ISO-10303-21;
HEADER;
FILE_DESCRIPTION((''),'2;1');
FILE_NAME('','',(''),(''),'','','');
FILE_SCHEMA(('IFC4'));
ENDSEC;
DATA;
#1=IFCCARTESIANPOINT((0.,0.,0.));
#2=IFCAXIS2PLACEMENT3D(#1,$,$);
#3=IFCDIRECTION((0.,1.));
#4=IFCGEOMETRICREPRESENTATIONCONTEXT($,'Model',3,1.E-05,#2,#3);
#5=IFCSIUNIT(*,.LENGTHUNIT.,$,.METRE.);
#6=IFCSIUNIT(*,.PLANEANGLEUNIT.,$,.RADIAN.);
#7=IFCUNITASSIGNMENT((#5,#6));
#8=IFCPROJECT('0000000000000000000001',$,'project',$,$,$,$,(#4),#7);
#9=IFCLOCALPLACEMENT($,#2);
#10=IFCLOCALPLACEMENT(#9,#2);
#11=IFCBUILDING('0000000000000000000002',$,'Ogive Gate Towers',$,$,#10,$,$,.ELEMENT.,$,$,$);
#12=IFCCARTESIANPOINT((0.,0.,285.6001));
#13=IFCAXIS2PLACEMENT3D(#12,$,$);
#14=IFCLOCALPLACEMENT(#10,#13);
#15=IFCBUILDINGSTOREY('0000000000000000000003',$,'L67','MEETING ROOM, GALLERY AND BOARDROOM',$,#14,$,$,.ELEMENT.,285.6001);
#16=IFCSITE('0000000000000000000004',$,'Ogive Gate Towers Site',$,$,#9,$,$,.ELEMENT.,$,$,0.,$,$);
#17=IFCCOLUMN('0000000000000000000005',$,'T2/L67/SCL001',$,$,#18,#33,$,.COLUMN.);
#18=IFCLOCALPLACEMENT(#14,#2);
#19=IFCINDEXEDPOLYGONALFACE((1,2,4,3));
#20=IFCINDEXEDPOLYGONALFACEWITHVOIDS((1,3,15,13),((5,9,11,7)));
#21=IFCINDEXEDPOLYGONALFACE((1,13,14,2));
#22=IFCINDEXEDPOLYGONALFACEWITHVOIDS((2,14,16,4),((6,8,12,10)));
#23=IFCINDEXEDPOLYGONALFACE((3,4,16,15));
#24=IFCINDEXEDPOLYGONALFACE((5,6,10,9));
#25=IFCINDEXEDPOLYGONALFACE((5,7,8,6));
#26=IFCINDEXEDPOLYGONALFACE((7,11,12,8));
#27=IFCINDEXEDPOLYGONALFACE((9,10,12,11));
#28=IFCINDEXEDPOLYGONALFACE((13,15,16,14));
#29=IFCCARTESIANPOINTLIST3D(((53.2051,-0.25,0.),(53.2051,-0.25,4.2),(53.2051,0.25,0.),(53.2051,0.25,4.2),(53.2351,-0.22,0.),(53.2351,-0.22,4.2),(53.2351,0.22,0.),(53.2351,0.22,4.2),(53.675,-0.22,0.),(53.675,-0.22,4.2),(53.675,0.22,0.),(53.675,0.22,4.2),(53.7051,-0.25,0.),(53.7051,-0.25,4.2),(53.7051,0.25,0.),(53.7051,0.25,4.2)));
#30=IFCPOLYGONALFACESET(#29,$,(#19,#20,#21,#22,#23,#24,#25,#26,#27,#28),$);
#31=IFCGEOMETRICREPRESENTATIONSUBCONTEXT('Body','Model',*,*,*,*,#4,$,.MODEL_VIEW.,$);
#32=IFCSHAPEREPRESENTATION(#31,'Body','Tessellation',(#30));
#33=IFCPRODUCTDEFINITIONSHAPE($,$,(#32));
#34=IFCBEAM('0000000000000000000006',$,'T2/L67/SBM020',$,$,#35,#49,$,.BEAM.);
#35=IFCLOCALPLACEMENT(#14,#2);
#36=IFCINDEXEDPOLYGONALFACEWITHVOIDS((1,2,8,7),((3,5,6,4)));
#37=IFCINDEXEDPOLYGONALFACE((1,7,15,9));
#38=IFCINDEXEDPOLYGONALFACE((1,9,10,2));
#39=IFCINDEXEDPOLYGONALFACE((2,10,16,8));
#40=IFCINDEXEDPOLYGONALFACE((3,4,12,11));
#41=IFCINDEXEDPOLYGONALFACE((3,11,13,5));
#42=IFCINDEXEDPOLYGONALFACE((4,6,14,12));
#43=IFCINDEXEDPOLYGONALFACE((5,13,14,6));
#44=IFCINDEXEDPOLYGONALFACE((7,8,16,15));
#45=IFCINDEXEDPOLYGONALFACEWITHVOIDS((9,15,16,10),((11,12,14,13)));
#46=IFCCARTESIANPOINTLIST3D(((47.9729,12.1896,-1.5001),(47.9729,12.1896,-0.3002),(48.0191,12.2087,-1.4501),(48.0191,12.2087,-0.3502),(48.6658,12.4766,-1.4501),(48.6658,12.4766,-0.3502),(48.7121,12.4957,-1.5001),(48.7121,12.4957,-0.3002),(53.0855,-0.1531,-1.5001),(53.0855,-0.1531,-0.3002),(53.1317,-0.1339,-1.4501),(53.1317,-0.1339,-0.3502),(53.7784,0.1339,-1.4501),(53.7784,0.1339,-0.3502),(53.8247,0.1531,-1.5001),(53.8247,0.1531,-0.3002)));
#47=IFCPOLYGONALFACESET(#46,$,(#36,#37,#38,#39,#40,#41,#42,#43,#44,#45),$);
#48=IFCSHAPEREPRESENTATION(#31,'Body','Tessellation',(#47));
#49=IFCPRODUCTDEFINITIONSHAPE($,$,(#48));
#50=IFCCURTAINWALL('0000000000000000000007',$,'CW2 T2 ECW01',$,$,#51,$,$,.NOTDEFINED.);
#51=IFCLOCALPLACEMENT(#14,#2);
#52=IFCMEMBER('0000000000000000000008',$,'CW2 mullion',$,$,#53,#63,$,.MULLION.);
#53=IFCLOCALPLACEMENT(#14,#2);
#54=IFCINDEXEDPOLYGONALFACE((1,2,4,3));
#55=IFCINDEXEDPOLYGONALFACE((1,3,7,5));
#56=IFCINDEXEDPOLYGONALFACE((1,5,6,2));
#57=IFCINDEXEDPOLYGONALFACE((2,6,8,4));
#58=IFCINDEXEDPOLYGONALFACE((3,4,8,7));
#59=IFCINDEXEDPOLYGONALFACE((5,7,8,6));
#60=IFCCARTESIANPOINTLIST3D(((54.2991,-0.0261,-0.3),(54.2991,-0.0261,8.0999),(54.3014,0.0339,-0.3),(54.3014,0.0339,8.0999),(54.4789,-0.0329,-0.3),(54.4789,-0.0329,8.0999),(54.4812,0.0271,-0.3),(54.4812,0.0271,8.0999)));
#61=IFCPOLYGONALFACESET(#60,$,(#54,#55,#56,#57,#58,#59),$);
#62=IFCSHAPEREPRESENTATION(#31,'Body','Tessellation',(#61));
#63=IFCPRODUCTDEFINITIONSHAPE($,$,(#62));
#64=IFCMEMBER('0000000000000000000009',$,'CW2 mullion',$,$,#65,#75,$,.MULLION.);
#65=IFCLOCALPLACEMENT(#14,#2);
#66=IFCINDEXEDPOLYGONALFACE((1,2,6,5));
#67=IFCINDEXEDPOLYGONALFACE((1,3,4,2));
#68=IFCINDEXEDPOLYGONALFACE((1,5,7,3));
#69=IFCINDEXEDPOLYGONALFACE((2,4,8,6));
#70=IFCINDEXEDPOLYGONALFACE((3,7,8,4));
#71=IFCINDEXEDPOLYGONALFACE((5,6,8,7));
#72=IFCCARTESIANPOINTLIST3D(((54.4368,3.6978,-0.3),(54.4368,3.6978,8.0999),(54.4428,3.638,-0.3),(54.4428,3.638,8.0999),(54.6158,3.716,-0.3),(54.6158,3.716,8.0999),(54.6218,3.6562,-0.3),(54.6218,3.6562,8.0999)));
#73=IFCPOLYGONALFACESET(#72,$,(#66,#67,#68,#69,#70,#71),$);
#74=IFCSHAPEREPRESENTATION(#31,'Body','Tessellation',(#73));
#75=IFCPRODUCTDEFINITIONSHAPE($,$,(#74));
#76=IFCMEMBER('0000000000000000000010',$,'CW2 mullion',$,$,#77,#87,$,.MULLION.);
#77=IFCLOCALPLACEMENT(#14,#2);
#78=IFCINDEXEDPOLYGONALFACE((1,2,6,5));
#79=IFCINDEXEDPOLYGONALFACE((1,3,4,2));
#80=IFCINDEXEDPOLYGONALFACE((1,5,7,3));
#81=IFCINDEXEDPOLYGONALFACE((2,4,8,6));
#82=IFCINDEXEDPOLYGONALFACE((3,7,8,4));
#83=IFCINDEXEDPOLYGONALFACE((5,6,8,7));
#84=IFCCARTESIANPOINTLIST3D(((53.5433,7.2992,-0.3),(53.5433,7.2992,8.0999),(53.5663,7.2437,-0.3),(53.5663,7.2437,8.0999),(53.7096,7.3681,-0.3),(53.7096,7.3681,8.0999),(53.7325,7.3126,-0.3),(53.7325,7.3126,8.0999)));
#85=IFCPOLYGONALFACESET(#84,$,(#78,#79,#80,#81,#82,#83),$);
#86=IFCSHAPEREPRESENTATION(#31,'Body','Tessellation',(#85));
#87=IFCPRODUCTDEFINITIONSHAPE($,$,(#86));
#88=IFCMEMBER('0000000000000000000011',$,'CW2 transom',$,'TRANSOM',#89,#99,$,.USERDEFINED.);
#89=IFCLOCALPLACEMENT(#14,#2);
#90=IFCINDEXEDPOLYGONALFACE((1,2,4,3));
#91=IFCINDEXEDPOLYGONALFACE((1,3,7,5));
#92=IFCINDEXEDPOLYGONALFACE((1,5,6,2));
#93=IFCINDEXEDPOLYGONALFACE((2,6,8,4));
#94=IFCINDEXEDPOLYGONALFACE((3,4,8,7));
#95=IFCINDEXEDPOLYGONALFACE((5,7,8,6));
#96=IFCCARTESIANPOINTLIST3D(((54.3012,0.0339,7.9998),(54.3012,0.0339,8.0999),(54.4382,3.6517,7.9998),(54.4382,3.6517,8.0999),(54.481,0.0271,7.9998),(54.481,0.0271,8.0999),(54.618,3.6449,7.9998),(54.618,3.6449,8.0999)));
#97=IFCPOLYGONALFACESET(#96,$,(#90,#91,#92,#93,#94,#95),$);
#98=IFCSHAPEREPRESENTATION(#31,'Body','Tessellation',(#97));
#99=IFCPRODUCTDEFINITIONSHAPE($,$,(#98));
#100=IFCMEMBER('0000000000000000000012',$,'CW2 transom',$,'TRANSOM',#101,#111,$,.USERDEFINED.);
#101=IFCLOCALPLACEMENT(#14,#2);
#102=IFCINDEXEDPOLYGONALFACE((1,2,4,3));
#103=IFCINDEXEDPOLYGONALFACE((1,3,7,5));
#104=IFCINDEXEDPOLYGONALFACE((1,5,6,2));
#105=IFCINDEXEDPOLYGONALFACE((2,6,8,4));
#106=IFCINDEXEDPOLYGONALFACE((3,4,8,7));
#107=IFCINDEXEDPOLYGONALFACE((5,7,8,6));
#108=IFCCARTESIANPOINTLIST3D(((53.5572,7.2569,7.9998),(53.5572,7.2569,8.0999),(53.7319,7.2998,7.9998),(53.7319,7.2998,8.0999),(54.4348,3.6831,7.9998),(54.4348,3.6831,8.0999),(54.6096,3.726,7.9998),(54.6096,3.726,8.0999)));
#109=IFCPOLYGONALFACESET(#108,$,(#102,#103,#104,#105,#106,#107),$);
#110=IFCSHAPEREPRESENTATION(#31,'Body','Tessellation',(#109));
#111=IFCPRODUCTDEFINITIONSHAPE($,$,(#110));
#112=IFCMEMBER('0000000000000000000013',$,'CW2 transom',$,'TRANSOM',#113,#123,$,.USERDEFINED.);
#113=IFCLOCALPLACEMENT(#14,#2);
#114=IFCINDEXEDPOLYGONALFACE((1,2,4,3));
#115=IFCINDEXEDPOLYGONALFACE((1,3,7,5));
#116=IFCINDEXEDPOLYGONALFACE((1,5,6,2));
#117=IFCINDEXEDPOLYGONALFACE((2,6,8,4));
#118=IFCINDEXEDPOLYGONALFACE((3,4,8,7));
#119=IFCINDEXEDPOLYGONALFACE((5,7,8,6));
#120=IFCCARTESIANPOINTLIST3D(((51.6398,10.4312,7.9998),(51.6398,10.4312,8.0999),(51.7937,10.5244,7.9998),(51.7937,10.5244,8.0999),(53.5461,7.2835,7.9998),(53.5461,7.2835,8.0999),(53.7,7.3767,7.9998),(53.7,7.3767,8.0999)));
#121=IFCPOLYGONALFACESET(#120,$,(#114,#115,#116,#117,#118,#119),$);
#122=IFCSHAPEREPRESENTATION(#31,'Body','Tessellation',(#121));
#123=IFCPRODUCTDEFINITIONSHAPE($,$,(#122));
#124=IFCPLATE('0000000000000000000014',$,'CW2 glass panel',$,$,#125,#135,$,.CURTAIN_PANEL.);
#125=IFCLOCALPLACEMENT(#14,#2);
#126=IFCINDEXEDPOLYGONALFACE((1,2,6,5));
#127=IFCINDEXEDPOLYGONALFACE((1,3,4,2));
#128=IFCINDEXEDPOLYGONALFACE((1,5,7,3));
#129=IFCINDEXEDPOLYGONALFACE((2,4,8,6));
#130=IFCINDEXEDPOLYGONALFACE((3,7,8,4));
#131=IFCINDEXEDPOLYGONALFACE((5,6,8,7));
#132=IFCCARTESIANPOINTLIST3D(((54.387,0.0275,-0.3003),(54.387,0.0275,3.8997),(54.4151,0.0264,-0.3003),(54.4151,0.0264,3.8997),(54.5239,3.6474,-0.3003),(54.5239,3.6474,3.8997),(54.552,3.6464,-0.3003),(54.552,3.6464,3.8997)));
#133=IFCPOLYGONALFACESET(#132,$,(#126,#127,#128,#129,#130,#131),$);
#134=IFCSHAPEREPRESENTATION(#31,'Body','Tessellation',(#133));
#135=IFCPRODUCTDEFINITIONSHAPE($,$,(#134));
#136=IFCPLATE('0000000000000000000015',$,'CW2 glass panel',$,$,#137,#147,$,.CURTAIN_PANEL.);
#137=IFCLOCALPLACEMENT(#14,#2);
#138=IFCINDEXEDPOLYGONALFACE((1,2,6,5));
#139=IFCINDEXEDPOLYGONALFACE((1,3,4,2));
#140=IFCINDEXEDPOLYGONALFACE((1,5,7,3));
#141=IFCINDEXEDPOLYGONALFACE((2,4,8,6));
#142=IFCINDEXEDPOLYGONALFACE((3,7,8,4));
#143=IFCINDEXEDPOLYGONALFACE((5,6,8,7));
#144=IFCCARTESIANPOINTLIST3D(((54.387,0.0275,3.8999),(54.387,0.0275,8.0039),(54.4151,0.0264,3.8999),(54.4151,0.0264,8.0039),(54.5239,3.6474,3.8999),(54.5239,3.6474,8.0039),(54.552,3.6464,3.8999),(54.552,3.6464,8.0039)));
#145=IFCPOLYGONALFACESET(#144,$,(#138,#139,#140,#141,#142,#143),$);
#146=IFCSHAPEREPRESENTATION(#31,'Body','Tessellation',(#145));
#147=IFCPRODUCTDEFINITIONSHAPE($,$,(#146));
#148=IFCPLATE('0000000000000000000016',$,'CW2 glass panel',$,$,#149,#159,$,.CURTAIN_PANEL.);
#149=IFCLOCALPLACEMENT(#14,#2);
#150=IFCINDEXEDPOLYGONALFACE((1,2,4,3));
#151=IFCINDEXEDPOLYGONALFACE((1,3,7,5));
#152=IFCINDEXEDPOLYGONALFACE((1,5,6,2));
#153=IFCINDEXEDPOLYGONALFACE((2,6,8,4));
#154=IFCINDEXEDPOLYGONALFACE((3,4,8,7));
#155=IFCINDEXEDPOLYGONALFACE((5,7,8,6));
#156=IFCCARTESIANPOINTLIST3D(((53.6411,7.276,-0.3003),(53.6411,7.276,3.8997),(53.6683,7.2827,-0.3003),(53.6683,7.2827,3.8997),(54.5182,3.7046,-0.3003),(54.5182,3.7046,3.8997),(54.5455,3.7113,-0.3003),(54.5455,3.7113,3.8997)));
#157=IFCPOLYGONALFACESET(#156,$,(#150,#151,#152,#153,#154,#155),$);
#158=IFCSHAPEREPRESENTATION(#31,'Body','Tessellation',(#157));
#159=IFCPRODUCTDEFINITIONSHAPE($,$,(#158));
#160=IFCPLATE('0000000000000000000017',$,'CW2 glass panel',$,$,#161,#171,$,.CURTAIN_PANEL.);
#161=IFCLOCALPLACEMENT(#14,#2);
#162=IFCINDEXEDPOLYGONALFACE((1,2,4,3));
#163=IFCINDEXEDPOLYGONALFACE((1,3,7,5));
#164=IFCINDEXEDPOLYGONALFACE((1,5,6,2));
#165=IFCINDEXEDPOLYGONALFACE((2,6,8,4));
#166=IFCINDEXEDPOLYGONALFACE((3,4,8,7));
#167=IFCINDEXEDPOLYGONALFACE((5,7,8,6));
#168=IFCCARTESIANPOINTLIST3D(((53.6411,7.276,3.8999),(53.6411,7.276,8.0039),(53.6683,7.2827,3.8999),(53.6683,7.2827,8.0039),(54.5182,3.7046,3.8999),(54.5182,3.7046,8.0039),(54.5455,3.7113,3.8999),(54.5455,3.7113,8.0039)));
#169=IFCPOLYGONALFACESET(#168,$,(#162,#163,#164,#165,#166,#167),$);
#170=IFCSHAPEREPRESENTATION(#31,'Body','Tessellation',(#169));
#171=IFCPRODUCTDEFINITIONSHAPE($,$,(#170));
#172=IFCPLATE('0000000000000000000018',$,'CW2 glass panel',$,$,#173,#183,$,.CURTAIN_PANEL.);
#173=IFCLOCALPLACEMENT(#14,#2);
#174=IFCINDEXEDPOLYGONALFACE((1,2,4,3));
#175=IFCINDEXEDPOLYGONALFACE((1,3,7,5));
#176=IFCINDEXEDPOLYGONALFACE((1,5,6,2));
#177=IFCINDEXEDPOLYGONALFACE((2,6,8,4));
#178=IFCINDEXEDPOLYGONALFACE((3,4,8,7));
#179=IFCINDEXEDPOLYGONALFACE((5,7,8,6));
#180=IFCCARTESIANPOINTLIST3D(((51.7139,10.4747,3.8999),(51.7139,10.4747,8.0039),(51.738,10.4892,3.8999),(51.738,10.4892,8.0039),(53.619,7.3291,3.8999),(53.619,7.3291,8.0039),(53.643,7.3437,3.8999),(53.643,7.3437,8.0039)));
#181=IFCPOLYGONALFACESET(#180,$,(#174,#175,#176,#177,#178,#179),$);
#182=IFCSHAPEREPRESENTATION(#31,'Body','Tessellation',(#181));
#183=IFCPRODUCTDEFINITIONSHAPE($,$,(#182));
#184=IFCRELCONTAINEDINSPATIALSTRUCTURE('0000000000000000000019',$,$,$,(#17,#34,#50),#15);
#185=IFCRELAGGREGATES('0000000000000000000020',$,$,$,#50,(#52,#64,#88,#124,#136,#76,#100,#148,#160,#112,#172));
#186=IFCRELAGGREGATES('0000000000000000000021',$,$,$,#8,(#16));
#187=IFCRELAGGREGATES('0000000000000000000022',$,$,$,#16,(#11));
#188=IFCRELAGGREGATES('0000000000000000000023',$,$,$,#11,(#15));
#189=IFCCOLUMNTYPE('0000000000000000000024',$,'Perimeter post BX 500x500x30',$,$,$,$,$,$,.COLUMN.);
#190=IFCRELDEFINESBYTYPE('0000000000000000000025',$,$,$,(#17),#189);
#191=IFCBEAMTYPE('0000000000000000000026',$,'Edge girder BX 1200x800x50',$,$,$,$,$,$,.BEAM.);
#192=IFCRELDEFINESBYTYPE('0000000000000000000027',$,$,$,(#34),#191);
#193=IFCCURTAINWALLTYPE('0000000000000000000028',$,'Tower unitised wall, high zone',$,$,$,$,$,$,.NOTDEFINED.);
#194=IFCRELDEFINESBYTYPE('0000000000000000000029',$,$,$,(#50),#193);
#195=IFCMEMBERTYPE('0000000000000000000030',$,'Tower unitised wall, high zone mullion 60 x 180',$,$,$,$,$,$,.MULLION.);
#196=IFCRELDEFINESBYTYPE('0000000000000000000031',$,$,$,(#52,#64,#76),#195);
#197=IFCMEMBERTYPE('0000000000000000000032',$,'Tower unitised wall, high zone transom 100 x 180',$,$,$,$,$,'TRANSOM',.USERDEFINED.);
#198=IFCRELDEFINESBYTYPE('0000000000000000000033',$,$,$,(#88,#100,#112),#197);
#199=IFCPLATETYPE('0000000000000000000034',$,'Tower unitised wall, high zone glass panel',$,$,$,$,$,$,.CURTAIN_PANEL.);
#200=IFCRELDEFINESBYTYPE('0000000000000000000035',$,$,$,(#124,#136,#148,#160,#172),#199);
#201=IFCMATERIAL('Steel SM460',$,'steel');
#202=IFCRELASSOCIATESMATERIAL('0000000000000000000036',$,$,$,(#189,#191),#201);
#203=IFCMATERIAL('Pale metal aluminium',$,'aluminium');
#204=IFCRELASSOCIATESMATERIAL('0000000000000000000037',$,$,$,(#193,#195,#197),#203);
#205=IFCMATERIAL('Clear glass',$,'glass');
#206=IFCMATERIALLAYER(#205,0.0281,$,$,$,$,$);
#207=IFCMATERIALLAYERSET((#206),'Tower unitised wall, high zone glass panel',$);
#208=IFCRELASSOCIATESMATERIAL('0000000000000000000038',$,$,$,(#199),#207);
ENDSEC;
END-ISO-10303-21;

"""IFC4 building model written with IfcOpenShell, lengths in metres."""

from ifc_helpers import new_model, si_unit, direction, frame, origin, origin_2d, place, context, subcontext, project, spatial, rectangle, hollow_rectangle, extrude, material, layer, layer_set, material_profile, profile_set, type_object, element, aggregate, save


model = new_model("IFC4")

# Units and contexts
model_context = context("Model", 3, precision=1e-05, world=origin(), true_north=direction((0.0, 1.0)))
body_context = subcontext(model_context, "Body", "Model", "MODEL_VIEW")
ifc_project = project(units=[si_unit("LENGTHUNIT", "METRE"), si_unit("PLANEANGLEUNIT", "RADIAN")], contexts=[model_context])

# Site, building, storey
site_placement = place(None, origin())
site = spatial("IfcSite", under=ifc_project, at=site_placement, Name="Ogive Gate Towers Site", CompositionType="ELEMENT", RefElevation=0.0)
building_placement = place(site_placement, origin())
building = spatial("IfcBuilding", under=site, at=building_placement, Name="Ogive Gate Towers", CompositionType="ELEMENT")
storey_placement = place(building_placement, frame((0.0, 0.0, 285.6001)))
storey = spatial("IfcBuildingStorey", under=building, at=storey_placement, Name="L67", Description="MEETING ROOM, GALLERY AND BOARDROOM", CompositionType="ELEMENT", Elevation=285.6001)

# Column
ifc_material_1 = material(Name="Steel SM460", Category="steel")
ifc_material_profile_1 = material_profile(ifc_material_1, hollow_rectangle(XDim=0.5, YDim=0.5, WallThickness=0.03, at=origin_2d()), Name="BX 500x500x30")
ifc_profile_set_1 = profile_set([ifc_material_profile_1], Name="Steel SM460")
column_type = type_object("IfcColumnType", Name="Perimeter post BX 500x500x30", PredefinedType="COLUMN", material=ifc_profile_set_1)
column_placement = place(storey_placement, frame((53.4551, 0.0, 0.0), z_axis=(0.0, 0.0, 1.0), x_axis=(1.0, 0.0, 0.0)))
element("IfcColumn", 1, at=column_placement, inside=storey, type_object=column_type, Name="T2/L67/SCL001", PredefinedType="COLUMN", context=body_context, shape_type="SweptSolid", body=[
    extrude(hollow_rectangle(XDim=0.5, YDim=0.5, WallThickness=0.03, at=origin_2d()), origin(), (0.0, 0.0, 1.0), 4.2),
])

# Beam
ifc_material_profile_2 = material_profile(ifc_material_1, hollow_rectangle(XDim=0.8, YDim=1.2, WallThickness=0.05, at=origin_2d()), Name="BX 1200x800x50")
ifc_profile_set_2 = profile_set([ifc_material_profile_2], Name="Steel SM460")
beam_type = type_object("IfcBeamType", Name="Edge girder BX 1200x800x50", PredefinedType="BEAM", material=ifc_profile_set_2)
beam_placement = place(storey_placement, frame((53.4551, 0.0, -0.9001), z_axis=(-0.38269, 0.923877, 0.0), x_axis=(-0.923877, -0.38269, 0.0)))
element("IfcBeam", 2, at=beam_placement, inside=storey, type_object=beam_type, Name="T2/L67/SBM020", PredefinedType="BEAM", context=body_context, shape_type="SweptSolid", body=[
    extrude(hollow_rectangle(XDim=0.8, YDim=1.2, WallThickness=0.05, at=origin_2d()), origin(), (0.0, 0.0, 1.0), 13.3596),
])

# Curtain wall, members, plates
ifc_material_2 = material(Name="Pale metal aluminium", Category="aluminium")
curtain_wall_type = type_object("IfcCurtainWallType", Name="Tower unitised wall, high zone", PredefinedType="NOTDEFINED", material=ifc_material_2)
curtain_wall_placement = place(storey_placement, origin())
curtain_wall = element("IfcCurtainWall", 3, at=curtain_wall_placement, inside=storey, type_object=curtain_wall_type, Name="CW2 T2 ECW01", PredefinedType="NOTDEFINED")
ifc_material_profile_3 = material_profile(ifc_material_2, rectangle(XDim=0.1799, YDim=0.0601, at=origin_2d()), Name="60 x 180 aluminium box")
ifc_profile_set_3 = profile_set([ifc_material_profile_3], Name="Pale metal aluminium")
member_type_1 = type_object("IfcMemberType", Name="Tower unitised wall, high zone mullion 60 x 180", PredefinedType="MULLION", material=ifc_profile_set_3)
member_1_placement = place(storey_placement, frame((54.3901, 0.0005, -0.3), z_axis=(0.0, 0.0, 1.0), x_axis=(0.999286, -0.037795, 0.0)))
member_1 = element("IfcMember", 4, at=member_1_placement, type_object=member_type_1, Name="CW2 mullion", PredefinedType="MULLION", context=body_context, shape_type="SweptSolid", body=[
    extrude(rectangle(XDim=0.1799, YDim=0.0601, at=origin_2d()), origin(), (0.0, 0.0, 1.0), 8.3999),
])
member_2_placement = place(storey_placement, frame((54.5293, 3.677, -0.3), z_axis=(0.0, 0.0, 1.0), x_axis=(0.994851, 0.101351, 0.0)))
member_2 = element("IfcMember", 5, at=member_2_placement, type_object=member_type_1, Name="CW2 mullion", PredefinedType="MULLION", context=body_context, shape_type="SweptSolid", body=[
    extrude(rectangle(XDim=0.1799, YDim=0.0601, at=origin_2d()), origin(), (0.0, 0.0, 1.0), 8.3999),
])
member_3_placement = place(storey_placement, frame((53.6379, 7.3059, -0.3), z_axis=(0.0, 0.0, 1.0), x_axis=(0.92388, 0.382683, 0.0)))
member_3 = element("IfcMember", 6, at=member_3_placement, type_object=member_type_1, Name="CW2 mullion", PredefinedType="MULLION", context=body_context, shape_type="SweptSolid", body=[
    extrude(rectangle(XDim=0.1799, YDim=0.0601, at=origin_2d()), origin(), (0.0, 0.0, 1.0), 8.3999),
])
ifc_material_profile_4 = material_profile(ifc_material_2, rectangle(XDim=0.1799, YDim=0.1001, at=origin_2d()), Name="100 x 180 aluminium box")
ifc_profile_set_4 = profile_set([ifc_material_profile_4], Name="Pale metal aluminium")
member_type_2 = type_object("IfcMemberType", Name="Tower unitised wall, high zone transom 100 x 180", ElementType="TRANSOM", PredefinedType="USERDEFINED", material=ifc_profile_set_4)
member_4_placement = place(storey_placement, frame((54.3911, 0.0305, 8.0498), z_axis=(0.037832, 0.999284, 0.0), x_axis=(-0.999284, 0.037832, 0.0)))
member_4 = element("IfcMember", 7, at=member_4_placement, type_object=member_type_2, Name="CW2 transom", ObjectType="TRANSOM", PredefinedType="USERDEFINED", context=body_context, shape_type="SweptSolid", body=[
    extrude(rectangle(XDim=0.1799, YDim=0.1001, at=origin_2d()), origin(), (0.0, 0.0, 1.0), 3.6204),
])
member_5_placement = place(storey_placement, frame((54.5222, 3.7046, 8.0498), z_axis=(-0.238506, 0.971141, 0.0), x_axis=(-0.971141, -0.238506, 0.0)))
member_5 = element("IfcMember", 8, at=member_5_placement, type_object=member_type_2, Name="CW2 transom", ObjectType="TRANSOM", PredefinedType="USERDEFINED", context=body_context, shape_type="SweptSolid", body=[
    extrude(rectangle(XDim=0.1799, YDim=0.1001, at=origin_2d()), origin(), (0.0, 0.0, 1.0), 3.6799),
])
member_6_placement = place(storey_placement, frame((53.623, 7.3301, 8.0498), z_axis=(-0.518013, 0.855372, 0.0), x_axis=(-0.855372, -0.518013, 0.0)))
member_6 = element("IfcMember", 9, at=member_6_placement, type_object=member_type_2, Name="CW2 transom", ObjectType="TRANSOM", PredefinedType="USERDEFINED", context=body_context, shape_type="SweptSolid", body=[
    extrude(rectangle(XDim=0.1799, YDim=0.1001, at=origin_2d()), origin(), (0.0, 0.0, 1.0), 3.6799),
])
ifc_material_3 = material(Name="Clear glass", Category="glass")
ifc_layer_1 = layer(ifc_material_3, 0.0281)
ifc_layer_set_1 = layer_set([ifc_layer_1], Name="Tower unitised wall, high zone glass panel")
plate_type = type_object("IfcPlateType", Name="Tower unitised wall, high zone glass panel", PredefinedType="CURTAIN_PANEL", material=ifc_layer_set_1)
plate_1_placement = place(storey_placement, frame((54.4695, 1.8369, -0.3003), z_axis=(0.0, 0.0, 1.0), x_axis=(0.037795, 0.999286, 0.0)))
plate_1 = element("IfcPlate", 10, at=plate_1_placement, type_object=plate_type, Name="CW2 glass panel", PredefinedType="CURTAIN_PANEL", context=body_context, shape_type="SweptSolid", body=[
    extrude(rectangle(XDim=3.6226, YDim=0.0281, at=origin_2d()), origin(), (0.0, 0.0, 1.0), 4.2),
])
plate_2_placement = place(storey_placement, frame((54.4695, 1.8369, 3.8999), z_axis=(0.0, 0.0, 1.0), x_axis=(0.037795, 0.999286, 0.0)))
plate_2 = element("IfcPlate", 11, at=plate_2_placement, type_object=plate_type, Name="CW2 glass panel", PredefinedType="CURTAIN_PANEL", context=body_context, shape_type="SweptSolid", body=[
    extrude(rectangle(XDim=3.6226, YDim=0.0281, at=origin_2d()), origin(), (0.0, 0.0, 1.0), 4.104),
])
plate_3_placement = place(storey_placement, frame((54.0933, 5.4937, -0.3003), z_axis=(0.0, 0.0, 1.0), x_axis=(-0.238517, 0.971138, 0.0)))
plate_3 = element("IfcPlate", 12, at=plate_3_placement, type_object=plate_type, Name="CW2 glass panel", PredefinedType="CURTAIN_PANEL", context=body_context, shape_type="SweptSolid", body=[
    extrude(rectangle(XDim=3.6775, YDim=0.0281, at=origin_2d()), origin(), (0.0, 0.0, 1.0), 4.2),
])
plate_4_placement = place(storey_placement, frame((54.0933, 5.4937, 3.8999), z_axis=(0.0, 0.0, 1.0), x_axis=(-0.238517, 0.971138, 0.0)))
plate_4 = element("IfcPlate", 13, at=plate_4_placement, type_object=plate_type, Name="CW2 glass panel", PredefinedType="CURTAIN_PANEL", context=body_context, shape_type="SweptSolid", body=[
    extrude(rectangle(XDim=3.6775, YDim=0.0281, at=origin_2d()), origin(), (0.0, 0.0, 1.0), 4.104),
])
plate_5_placement = place(storey_placement, frame((52.6785, 8.9092, 3.8999), z_axis=(0.0, 0.0, 1.0), x_axis=(-0.518027, 0.855364, 0.0)))
plate_5 = element("IfcPlate", 14, at=plate_5_placement, type_object=plate_type, Name="CW2 glass panel", PredefinedType="CURTAIN_PANEL", context=body_context, shape_type="SweptSolid", body=[
    extrude(rectangle(XDim=3.6775, YDim=0.0281, at=origin_2d()), origin(), (0.0, 0.0, 1.0), 4.104),
])
aggregate(curtain_wall, [member_1, member_2, member_4, plate_1, plate_2, member_3, member_5, plate_3, plate_4, member_6, plate_5])

save(model, "model.ifc")
